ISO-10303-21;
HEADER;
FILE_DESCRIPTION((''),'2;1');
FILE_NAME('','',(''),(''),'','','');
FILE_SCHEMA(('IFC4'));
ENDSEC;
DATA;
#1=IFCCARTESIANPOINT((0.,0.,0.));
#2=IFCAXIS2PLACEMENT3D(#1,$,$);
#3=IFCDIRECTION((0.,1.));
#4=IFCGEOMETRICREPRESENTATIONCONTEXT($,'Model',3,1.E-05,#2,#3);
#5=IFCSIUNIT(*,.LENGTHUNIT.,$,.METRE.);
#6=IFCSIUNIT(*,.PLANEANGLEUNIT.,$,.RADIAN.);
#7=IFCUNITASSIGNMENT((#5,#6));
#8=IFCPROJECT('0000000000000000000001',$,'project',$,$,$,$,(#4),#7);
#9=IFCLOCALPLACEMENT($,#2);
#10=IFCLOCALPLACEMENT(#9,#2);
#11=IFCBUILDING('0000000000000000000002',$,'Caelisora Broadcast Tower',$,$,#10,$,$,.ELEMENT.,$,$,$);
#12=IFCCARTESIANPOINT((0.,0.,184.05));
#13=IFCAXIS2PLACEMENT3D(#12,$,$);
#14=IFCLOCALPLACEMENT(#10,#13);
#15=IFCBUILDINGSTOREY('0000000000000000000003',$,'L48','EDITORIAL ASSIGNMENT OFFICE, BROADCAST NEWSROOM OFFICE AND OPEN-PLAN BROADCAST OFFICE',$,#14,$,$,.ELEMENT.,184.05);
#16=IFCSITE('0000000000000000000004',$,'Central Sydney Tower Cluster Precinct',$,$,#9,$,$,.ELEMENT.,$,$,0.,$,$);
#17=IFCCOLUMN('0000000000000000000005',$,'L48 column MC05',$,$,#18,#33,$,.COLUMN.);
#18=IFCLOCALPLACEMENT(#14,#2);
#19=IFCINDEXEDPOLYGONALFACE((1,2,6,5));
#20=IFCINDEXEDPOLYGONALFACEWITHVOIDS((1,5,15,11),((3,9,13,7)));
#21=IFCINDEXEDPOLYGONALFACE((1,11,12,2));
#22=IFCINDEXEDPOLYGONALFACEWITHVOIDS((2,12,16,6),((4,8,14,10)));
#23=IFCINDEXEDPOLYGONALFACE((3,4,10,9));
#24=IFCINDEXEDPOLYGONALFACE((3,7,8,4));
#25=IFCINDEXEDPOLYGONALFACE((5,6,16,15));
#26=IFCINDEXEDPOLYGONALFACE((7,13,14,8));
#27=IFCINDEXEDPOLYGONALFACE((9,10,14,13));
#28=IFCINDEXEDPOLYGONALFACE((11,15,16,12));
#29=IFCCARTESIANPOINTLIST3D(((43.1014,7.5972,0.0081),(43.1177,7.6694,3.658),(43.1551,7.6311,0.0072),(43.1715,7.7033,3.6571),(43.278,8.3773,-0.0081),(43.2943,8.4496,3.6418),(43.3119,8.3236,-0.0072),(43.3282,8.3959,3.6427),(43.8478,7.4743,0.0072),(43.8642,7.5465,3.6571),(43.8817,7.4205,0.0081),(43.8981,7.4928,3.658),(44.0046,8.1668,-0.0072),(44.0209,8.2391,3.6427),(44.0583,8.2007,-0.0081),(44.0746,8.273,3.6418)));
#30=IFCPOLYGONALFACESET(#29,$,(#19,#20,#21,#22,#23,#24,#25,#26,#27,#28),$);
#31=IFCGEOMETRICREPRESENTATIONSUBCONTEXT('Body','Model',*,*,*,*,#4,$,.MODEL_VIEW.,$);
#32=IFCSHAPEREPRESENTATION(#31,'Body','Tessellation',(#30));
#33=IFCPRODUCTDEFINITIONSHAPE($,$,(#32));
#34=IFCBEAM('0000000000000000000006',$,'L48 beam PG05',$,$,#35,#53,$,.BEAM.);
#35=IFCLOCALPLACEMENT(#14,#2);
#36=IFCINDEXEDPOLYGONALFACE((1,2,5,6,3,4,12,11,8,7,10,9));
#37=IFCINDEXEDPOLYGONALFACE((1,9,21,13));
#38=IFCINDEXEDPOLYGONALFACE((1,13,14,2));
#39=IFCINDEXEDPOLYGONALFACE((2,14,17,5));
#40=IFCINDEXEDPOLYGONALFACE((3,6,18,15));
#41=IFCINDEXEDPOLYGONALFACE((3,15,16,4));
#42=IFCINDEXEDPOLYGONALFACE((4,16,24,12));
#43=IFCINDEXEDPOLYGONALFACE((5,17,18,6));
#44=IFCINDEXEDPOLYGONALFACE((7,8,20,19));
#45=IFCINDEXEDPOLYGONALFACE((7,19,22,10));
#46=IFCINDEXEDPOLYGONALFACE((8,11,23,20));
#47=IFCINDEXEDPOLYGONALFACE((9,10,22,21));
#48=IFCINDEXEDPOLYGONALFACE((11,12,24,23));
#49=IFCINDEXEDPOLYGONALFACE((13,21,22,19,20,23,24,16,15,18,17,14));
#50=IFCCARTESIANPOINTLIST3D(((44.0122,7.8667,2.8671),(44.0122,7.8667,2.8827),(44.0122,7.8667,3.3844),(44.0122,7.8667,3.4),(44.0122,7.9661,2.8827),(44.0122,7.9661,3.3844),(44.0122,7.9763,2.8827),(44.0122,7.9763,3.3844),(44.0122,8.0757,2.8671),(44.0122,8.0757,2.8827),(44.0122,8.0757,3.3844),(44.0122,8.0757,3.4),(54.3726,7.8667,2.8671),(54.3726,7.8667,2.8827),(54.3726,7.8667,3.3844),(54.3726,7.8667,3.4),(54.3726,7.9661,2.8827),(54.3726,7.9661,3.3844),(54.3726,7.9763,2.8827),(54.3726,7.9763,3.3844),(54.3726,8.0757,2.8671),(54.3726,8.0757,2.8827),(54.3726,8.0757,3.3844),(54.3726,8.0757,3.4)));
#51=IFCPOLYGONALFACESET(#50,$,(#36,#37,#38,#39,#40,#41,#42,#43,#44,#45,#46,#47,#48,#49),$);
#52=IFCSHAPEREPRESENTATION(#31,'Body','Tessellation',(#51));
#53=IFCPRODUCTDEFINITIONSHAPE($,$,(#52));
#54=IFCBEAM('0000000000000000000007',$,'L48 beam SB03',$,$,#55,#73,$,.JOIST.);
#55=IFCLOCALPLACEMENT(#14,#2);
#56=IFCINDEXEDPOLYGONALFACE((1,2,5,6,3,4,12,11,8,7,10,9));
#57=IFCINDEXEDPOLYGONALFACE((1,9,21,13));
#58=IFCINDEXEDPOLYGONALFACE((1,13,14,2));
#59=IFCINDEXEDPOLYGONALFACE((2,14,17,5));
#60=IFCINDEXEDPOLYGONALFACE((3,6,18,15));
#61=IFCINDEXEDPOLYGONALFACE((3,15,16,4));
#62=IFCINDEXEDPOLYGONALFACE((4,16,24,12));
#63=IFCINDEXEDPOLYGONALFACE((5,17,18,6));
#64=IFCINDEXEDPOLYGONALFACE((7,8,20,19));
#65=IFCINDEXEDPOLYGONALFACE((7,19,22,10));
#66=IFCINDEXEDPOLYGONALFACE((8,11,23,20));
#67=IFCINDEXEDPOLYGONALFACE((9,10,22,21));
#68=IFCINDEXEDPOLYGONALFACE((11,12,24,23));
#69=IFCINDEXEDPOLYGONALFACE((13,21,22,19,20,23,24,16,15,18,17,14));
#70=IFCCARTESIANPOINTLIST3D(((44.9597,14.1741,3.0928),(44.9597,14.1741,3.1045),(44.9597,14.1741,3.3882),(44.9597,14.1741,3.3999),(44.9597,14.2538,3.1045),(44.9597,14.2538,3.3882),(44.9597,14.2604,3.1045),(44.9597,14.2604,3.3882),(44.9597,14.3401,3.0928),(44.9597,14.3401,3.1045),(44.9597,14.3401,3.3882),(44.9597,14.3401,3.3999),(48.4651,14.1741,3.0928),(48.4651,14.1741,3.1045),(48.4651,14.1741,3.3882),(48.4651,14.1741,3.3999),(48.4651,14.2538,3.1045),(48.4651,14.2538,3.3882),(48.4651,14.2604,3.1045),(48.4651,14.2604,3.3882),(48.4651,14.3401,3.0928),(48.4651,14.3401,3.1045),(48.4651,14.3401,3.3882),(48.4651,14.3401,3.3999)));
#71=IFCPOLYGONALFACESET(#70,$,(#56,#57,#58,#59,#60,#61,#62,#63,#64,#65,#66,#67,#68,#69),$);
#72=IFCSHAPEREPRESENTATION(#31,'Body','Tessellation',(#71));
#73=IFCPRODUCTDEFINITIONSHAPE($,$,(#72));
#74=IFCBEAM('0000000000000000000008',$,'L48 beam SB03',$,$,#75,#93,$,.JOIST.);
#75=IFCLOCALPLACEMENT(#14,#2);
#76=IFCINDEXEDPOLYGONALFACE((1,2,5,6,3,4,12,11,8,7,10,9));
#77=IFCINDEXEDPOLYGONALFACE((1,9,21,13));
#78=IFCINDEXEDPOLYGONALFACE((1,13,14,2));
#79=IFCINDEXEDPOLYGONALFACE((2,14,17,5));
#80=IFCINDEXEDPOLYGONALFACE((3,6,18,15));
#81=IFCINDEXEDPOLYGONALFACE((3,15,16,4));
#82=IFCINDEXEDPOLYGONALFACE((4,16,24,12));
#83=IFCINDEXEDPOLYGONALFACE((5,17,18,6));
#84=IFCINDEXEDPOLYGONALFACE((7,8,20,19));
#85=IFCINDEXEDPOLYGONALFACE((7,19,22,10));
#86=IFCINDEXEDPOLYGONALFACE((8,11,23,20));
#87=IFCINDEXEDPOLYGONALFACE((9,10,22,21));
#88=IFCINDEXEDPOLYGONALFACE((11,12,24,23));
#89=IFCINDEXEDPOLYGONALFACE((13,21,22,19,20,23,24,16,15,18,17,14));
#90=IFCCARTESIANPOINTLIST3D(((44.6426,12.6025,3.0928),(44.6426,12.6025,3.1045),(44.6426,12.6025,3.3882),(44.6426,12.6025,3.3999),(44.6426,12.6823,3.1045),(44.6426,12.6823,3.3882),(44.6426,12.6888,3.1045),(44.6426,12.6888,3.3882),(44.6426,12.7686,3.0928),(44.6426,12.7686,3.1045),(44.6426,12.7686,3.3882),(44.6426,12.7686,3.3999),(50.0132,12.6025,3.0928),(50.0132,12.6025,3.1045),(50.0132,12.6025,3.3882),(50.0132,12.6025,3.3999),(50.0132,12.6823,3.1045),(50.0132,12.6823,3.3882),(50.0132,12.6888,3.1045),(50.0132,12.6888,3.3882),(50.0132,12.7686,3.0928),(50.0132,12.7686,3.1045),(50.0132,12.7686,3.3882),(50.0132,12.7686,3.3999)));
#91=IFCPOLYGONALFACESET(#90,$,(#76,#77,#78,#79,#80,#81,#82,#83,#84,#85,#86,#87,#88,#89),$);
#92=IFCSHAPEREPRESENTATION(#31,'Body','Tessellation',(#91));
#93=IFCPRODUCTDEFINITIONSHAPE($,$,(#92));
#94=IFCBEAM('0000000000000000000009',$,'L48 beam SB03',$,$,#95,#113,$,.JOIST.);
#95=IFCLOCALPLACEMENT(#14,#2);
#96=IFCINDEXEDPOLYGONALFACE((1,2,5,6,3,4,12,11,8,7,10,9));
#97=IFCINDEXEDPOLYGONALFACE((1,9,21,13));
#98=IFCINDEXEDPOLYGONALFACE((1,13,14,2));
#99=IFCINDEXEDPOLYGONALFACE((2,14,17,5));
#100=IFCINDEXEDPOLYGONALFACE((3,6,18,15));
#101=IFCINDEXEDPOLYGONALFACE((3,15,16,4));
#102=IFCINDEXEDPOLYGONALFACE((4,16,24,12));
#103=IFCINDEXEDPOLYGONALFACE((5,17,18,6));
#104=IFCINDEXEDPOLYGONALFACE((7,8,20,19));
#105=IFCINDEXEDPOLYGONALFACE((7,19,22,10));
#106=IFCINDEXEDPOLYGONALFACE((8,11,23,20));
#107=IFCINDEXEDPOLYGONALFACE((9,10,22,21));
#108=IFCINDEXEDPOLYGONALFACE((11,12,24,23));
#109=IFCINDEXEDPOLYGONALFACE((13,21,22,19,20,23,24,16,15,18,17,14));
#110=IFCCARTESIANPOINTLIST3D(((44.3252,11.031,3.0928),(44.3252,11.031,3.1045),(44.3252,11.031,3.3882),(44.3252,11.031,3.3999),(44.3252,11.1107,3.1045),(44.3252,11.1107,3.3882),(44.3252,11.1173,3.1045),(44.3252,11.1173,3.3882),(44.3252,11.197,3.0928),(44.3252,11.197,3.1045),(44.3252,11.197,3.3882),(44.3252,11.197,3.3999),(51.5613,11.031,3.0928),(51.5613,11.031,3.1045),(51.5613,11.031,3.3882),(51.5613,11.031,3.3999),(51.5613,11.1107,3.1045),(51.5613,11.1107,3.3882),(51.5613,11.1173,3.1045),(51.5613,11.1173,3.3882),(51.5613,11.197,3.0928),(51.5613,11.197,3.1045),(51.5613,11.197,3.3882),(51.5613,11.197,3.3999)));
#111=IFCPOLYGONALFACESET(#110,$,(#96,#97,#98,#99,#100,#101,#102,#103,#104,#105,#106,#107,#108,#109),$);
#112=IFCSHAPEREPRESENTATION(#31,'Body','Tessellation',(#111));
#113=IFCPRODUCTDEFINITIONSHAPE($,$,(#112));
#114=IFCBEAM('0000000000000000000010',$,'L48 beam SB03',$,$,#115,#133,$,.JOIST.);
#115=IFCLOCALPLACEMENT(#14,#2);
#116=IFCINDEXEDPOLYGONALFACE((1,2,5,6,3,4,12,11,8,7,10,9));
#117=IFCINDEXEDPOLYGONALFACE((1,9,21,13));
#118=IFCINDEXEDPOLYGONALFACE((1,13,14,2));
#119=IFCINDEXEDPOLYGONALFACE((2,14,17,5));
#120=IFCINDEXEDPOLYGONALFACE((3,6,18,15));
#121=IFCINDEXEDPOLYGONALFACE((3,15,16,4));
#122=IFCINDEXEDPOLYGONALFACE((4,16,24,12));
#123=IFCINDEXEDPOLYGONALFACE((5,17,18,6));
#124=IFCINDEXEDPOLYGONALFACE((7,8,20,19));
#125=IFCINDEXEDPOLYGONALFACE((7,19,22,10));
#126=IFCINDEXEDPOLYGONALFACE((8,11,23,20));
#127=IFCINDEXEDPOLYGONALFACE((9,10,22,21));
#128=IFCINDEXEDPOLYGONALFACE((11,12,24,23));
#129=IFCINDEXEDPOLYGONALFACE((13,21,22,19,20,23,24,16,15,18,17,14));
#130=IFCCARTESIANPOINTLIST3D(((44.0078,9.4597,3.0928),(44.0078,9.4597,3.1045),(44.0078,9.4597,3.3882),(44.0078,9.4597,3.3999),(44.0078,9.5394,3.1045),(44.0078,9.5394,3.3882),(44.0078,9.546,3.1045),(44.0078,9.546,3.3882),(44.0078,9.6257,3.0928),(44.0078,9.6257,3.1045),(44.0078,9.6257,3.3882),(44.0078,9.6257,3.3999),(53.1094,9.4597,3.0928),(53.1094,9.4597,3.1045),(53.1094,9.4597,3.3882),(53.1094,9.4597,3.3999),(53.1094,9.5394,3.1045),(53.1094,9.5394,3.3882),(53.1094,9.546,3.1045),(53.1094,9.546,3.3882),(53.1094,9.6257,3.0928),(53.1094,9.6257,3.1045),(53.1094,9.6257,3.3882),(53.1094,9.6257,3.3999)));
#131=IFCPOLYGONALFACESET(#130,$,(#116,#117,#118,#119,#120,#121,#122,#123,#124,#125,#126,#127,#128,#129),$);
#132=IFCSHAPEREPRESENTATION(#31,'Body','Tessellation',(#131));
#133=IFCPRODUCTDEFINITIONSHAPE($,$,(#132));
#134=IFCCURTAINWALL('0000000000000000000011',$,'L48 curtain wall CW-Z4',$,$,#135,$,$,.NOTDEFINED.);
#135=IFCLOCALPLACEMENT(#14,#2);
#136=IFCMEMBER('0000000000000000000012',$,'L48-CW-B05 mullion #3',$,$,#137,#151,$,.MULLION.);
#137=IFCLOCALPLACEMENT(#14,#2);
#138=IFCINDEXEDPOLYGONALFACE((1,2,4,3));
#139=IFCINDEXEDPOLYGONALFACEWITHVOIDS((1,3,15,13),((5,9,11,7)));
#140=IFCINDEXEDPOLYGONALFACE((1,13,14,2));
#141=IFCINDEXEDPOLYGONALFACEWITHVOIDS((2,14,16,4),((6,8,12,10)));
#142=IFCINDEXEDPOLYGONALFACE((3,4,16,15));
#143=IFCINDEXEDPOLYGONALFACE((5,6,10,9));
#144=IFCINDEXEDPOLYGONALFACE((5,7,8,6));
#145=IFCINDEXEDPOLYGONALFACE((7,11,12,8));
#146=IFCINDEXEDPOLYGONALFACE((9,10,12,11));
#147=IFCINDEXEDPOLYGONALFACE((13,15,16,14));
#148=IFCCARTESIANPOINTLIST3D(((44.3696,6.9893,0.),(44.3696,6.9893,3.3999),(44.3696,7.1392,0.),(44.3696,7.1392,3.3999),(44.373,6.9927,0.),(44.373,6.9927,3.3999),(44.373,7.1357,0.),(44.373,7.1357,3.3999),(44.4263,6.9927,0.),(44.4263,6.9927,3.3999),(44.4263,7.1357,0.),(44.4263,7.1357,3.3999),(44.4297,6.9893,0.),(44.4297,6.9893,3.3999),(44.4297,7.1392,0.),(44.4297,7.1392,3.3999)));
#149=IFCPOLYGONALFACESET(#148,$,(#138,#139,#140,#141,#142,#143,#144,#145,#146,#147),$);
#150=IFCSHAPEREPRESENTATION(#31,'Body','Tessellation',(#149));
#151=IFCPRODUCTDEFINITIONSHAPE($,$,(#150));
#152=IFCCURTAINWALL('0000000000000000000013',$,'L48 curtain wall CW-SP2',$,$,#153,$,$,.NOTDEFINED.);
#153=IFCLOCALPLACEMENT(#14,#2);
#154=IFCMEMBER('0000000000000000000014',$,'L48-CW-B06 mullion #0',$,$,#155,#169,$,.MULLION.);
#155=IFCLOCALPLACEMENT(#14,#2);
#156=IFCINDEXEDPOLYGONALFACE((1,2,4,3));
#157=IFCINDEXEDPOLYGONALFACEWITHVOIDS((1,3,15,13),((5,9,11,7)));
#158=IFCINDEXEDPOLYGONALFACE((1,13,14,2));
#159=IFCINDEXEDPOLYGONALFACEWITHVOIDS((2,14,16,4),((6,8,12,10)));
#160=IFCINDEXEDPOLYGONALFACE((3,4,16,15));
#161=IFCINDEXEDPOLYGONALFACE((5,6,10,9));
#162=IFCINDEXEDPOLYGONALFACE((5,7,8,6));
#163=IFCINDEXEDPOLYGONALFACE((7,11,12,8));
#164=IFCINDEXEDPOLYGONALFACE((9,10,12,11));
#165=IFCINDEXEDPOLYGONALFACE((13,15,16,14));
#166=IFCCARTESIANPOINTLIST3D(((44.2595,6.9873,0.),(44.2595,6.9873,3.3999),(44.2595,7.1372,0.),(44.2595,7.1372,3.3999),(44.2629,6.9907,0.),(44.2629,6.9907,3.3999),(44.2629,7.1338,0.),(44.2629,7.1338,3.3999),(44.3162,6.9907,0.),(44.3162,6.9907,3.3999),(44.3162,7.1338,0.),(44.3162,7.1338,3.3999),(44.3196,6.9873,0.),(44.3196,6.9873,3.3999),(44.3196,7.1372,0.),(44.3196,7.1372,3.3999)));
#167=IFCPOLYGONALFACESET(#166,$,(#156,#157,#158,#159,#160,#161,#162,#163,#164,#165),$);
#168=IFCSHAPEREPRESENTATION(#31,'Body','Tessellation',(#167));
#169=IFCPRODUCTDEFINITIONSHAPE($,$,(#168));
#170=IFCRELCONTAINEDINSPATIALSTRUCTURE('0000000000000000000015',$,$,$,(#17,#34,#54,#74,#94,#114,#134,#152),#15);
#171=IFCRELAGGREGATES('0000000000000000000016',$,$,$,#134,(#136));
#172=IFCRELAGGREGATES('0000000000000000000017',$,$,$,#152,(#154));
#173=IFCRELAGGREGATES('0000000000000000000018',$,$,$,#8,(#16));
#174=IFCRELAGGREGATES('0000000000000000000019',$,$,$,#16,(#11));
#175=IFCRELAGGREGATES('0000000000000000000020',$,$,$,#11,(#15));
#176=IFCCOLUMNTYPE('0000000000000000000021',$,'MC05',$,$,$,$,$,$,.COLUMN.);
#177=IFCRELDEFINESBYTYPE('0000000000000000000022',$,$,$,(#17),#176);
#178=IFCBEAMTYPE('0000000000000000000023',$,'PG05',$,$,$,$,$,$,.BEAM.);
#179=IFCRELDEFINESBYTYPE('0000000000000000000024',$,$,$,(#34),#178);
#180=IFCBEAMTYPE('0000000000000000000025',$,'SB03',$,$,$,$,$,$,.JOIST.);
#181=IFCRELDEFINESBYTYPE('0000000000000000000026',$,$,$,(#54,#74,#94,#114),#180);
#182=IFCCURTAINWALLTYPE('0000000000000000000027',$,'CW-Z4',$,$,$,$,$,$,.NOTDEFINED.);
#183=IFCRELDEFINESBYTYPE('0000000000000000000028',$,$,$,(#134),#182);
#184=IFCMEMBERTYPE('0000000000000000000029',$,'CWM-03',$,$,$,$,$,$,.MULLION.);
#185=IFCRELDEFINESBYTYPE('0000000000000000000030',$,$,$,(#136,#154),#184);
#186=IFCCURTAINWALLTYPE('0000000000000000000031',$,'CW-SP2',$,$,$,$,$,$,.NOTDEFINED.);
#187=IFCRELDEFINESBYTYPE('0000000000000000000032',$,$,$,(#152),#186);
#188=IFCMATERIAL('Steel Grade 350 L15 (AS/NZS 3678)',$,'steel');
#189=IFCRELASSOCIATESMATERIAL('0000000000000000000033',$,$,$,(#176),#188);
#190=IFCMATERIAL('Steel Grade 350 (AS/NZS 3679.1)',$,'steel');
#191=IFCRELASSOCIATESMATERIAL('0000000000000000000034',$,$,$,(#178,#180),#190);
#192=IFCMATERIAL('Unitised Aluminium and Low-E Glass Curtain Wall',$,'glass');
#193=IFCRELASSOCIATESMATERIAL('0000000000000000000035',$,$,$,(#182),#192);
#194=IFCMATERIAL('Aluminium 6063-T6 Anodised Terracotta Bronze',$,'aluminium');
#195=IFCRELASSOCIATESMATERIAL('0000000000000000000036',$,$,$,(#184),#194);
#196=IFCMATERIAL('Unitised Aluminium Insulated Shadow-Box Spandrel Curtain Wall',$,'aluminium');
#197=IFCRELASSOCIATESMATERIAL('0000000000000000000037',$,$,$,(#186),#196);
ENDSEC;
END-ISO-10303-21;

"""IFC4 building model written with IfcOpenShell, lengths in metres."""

from ifc_helpers import new_model, si_unit, direction, frame, origin, origin_2d, place, context, subcontext, project, spatial, hollow_rectangle, i_section, extrude, source, transform, mapped, material, material_profile, profile_set, type_object, type_shapes, element, aggregate, save


model = new_model("IFC4")

# Units and contexts
model_context = context("Model", 3, precision=1e-05, world=origin(), true_north=direction((0.0, 1.0)))
body_context = subcontext(model_context, "Body", "Model", "MODEL_VIEW")
ifc_project = project(units=[si_unit("LENGTHUNIT", "METRE"), si_unit("PLANEANGLEUNIT", "RADIAN")], contexts=[model_context])

# Site, building, storey
site_placement = place(None, origin())
site = spatial("IfcSite", under=ifc_project, at=site_placement, Name="Central Sydney Tower Cluster Precinct", CompositionType="ELEMENT", RefElevation=0.0)
building_placement = place(site_placement, origin())
building = spatial("IfcBuilding", under=site, at=building_placement, Name="Caelisora Broadcast Tower", CompositionType="ELEMENT")
storey_placement = place(building_placement, frame((0.0, 0.0, 184.05)))
storey = spatial("IfcBuildingStorey", under=building, at=storey_placement, Name="L48", Description="EDITORIAL ASSIGNMENT OFFICE, BROADCAST NEWSROOM OFFICE AND OPEN-PLAN BROADCAST OFFICE", CompositionType="ELEMENT", Elevation=184.05)

# Column
ifc_material_1 = material(Name="Steel Grade 350 L15 (AS/NZS 3678)", Category="steel")
ifc_material_profile_1 = material_profile(ifc_material_1, hollow_rectangle(XDim=0.8, YDim=0.8, WallThickness=0.0449, at=origin_2d()), Name="Steel Grade 350 L15 (AS/NZS 3678)")
ifc_profile_set_1 = profile_set([ifc_material_profile_1], Name="Steel Grade 350 L15 (AS/NZS 3678)")
column_type = type_object("IfcColumnType", Name="MC05", PredefinedType="COLUMN", material=ifc_profile_set_1)
shared_shape_1 = source(origin(), body_context, "Body", "SweptSolid", [
    extrude(hollow_rectangle(XDim=0.8, YDim=0.8, WallThickness=0.0449, at=origin_2d()), origin(), (0.0, 0.0, 1.0), 3.6506),
])
type_shapes(column_type, [shared_shape_1])
column_placement = place(storey_placement, frame((43.5798, 7.8989, 0.0), z_axis=(0.004481, 0.019795, 0.999794), x_axis=(-0.975327, 0.220767, 0.0)))
element("IfcColumn", 1, at=column_placement, inside=storey, type_object=column_type, Name="L48 column MC05", PredefinedType="COLUMN", context=body_context, shape_type="MappedRepresentation", body=[
    mapped(shared_shape_1, transform((0.0, 0.0, 0.0), scale=1.0)),
])

# Beams
ifc_material_2 = material(Name="Steel Grade 350 (AS/NZS 3679.1)", Category="steel")
ifc_material_profile_2 = material_profile(ifc_material_2, i_section(OverallWidth=0.209, OverallDepth=0.533, WebThickness=0.0103, FlangeThickness=0.0156, at=origin_2d()), Name="Steel Grade 350 (AS/NZS 3679.1)")
ifc_profile_set_2 = profile_set([ifc_material_profile_2], Name="Steel Grade 350 (AS/NZS 3679.1)")
beam_type_1 = type_object("IfcBeamType", Name="PG05", PredefinedType="BEAM", material=ifc_profile_set_2)
shared_shape_2 = source(origin(), body_context, "Body", "SweptSolid", [
    extrude(i_section(OverallWidth=0.209, OverallDepth=0.533, WebThickness=0.0103, FlangeThickness=0.0156, at=origin_2d()), origin(), (0.0, 0.0, 1.0), 10.3604),
])
type_shapes(beam_type_1, [shared_shape_2])
beam_1_placement = place(storey_placement, frame((44.0122, 7.9712, 3.1335), z_axis=(1.0, 0.0, 0.0), x_axis=(0.0, 1.0, 0.0)))
element("IfcBeam", 2, at=beam_1_placement, inside=storey, type_object=beam_type_1, Name="L48 beam PG05", PredefinedType="BEAM", context=body_context, shape_type="MappedRepresentation", body=[
    mapped(shared_shape_2, transform((0.0, 0.0, 0.0), scale=1.0)),
])
ifc_material_profile_3 = material_profile(ifc_material_2, i_section(OverallWidth=0.166, OverallDepth=0.3071, WebThickness=0.0066, FlangeThickness=0.0117, at=origin_2d()), Name="Steel Grade 350 (AS/NZS 3679.1)")
ifc_profile_set_3 = profile_set([ifc_material_profile_3], Name="Steel Grade 350 (AS/NZS 3679.1)")
beam_type_2 = type_object("IfcBeamType", Name="SB03", PredefinedType="JOIST", material=ifc_profile_set_3)
shared_shape_3 = source(origin(), body_context, "Body", "SweptSolid", [
    extrude(i_section(OverallWidth=0.166, OverallDepth=0.3071, WebThickness=0.0066, FlangeThickness=0.0117, at=origin_2d()), origin(), (0.0, 0.0, 1.0), 3.5054),
])
beam_2_placement = place(storey_placement, frame((44.9597, 14.2571, 3.2463), z_axis=(1.0, 0.0, 0.0), x_axis=(0.0, 1.0, 0.0)))
element("IfcBeam", 3, at=beam_2_placement, inside=storey, type_object=beam_type_2, Name="L48 beam SB03", PredefinedType="JOIST", context=body_context, shape_type="MappedRepresentation", body=[
    mapped(shared_shape_3, transform((0.0, 0.0, 0.0), scale=1.0)),
])
shared_shape_4 = source(origin(), body_context, "Body", "SweptSolid", [
    extrude(i_section(OverallWidth=0.166, OverallDepth=0.3071, WebThickness=0.0066, FlangeThickness=0.0117, at=origin_2d()), origin(), (0.0, 0.0, 1.0), 5.3706),
])
beam_3_placement = place(storey_placement, frame((44.6426, 12.6855, 3.2463), z_axis=(1.0, 0.0, 0.0), x_axis=(0.0, 1.0, 0.0)))
element("IfcBeam", 4, at=beam_3_placement, inside=storey, type_object=beam_type_2, Name="L48 beam SB03", PredefinedType="JOIST", context=body_context, shape_type="MappedRepresentation", body=[
    mapped(shared_shape_4, transform((0.0, 0.0, 0.0), scale=1.0)),
])
shared_shape_5 = source(origin(), body_context, "Body", "SweptSolid", [
    extrude(i_section(OverallWidth=0.166, OverallDepth=0.3071, WebThickness=0.0066, FlangeThickness=0.0117, at=origin_2d()), origin(), (0.0, 0.0, 1.0), 7.2361),
])
beam_4_placement = place(storey_placement, frame((44.3252, 11.114, 3.2463), z_axis=(1.0, 0.0, 0.0), x_axis=(0.0, 1.0, 0.0)))
element("IfcBeam", 5, at=beam_4_placement, inside=storey, type_object=beam_type_2, Name="L48 beam SB03", PredefinedType="JOIST", context=body_context, shape_type="MappedRepresentation", body=[
    mapped(shared_shape_5, transform((0.0, 0.0, 0.0), scale=1.0)),
])
shared_shape_6 = source(origin(), body_context, "Body", "SweptSolid", [
    extrude(i_section(OverallWidth=0.166, OverallDepth=0.3071, WebThickness=0.0066, FlangeThickness=0.0117, at=origin_2d()), origin(), (0.0, 0.0, 1.0), 9.1016),
])
type_shapes(beam_type_2, [shared_shape_3, shared_shape_4, shared_shape_5, shared_shape_6])
beam_5_placement = place(storey_placement, frame((44.0078, 9.5427, 3.2463), z_axis=(1.0, 0.0, 0.0), x_axis=(0.0, 1.0, 0.0)))
element("IfcBeam", 6, at=beam_5_placement, inside=storey, type_object=beam_type_2, Name="L48 beam SB03", PredefinedType="JOIST", context=body_context, shape_type="MappedRepresentation", body=[
    mapped(shared_shape_6, transform((0.0, 0.0, 0.0), scale=1.0)),
])

# Curtain wall, member
ifc_material_3 = material(Name="Unitised Aluminium and Low-E Glass Curtain Wall", Category="glass")
curtain_wall_type_1 = type_object("IfcCurtainWallType", Name="CW-Z4", PredefinedType="NOTDEFINED", material=ifc_material_3)
curtain_wall_1_placement = place(storey_placement, origin())
curtain_wall_1 = element("IfcCurtainWall", 7, at=curtain_wall_1_placement, inside=storey, type_object=curtain_wall_type_1, Name="L48 curtain wall CW-Z4", PredefinedType="NOTDEFINED")
ifc_material_4 = material(Name="Aluminium 6063-T6 Anodised Terracotta Bronze", Category="aluminium")
ifc_material_profile_4 = material_profile(ifc_material_4, hollow_rectangle(XDim=0.0601, YDim=0.1499, WallThickness=0.0034, at=origin_2d()), Name="Aluminium 6063-T6 Anodised Terracotta Bronze")
ifc_profile_set_4 = profile_set([ifc_material_profile_4], Name="Aluminium 6063-T6 Anodised Terracotta Bronze")
member_type_1 = type_object("IfcMemberType", Name="CWM-03", PredefinedType="MULLION", material=ifc_profile_set_4)
shared_shape_7 = source(origin(), body_context, "Body", "SweptSolid", [
    extrude(hollow_rectangle(XDim=0.0601, YDim=0.1499, WallThickness=0.0034, at=origin_2d()), origin(), (0.0, 0.0, 1.0), 3.3999),
])
type_shapes(member_type_1, [shared_shape_7])
member_1_placement = place(storey_placement, frame((44.3997, 7.0642, 0.0), z_axis=(0.0, 0.0, 1.0), x_axis=(1.0, 0.0, 0.0)))
member_1 = element("IfcMember", 8, at=member_1_placement, type_object=member_type_1, Name="L48-CW-B05 mullion #3", PredefinedType="MULLION", context=body_context, shape_type="MappedRepresentation", body=[
    mapped(shared_shape_7, transform((0.0, 0.0, 0.0), scale=1.0)),
])
aggregate(curtain_wall_1, [member_1])

# Curtain wall, member
ifc_material_5 = material(Name="Unitised Aluminium Insulated Shadow-Box Spandrel Curtain Wall", Category="aluminium")
curtain_wall_type_2 = type_object("IfcCurtainWallType", Name="CW-SP2", PredefinedType="NOTDEFINED", material=ifc_material_5)
curtain_wall_2_placement = place(storey_placement, origin())
curtain_wall_2 = element("IfcCurtainWall", 9, at=curtain_wall_2_placement, inside=storey, type_object=curtain_wall_type_2, Name="L48 curtain wall CW-SP2", PredefinedType="NOTDEFINED")
member_2_placement = place(storey_placement, frame((44.2896, 7.0623, 0.0), z_axis=(0.0, 0.0, 1.0), x_axis=(1.0, 0.0, 0.0)))
member_2 = element("IfcMember", 10, at=member_2_placement, type_object=member_type_1, Name="L48-CW-B06 mullion #0", PredefinedType="MULLION", context=body_context, shape_type="MappedRepresentation", body=[
    mapped(shared_shape_7, transform((0.0, 0.0, 0.0), scale=1.0)),
])

aggregate(curtain_wall_2, [member_2])

save(model, "model.ifc")
